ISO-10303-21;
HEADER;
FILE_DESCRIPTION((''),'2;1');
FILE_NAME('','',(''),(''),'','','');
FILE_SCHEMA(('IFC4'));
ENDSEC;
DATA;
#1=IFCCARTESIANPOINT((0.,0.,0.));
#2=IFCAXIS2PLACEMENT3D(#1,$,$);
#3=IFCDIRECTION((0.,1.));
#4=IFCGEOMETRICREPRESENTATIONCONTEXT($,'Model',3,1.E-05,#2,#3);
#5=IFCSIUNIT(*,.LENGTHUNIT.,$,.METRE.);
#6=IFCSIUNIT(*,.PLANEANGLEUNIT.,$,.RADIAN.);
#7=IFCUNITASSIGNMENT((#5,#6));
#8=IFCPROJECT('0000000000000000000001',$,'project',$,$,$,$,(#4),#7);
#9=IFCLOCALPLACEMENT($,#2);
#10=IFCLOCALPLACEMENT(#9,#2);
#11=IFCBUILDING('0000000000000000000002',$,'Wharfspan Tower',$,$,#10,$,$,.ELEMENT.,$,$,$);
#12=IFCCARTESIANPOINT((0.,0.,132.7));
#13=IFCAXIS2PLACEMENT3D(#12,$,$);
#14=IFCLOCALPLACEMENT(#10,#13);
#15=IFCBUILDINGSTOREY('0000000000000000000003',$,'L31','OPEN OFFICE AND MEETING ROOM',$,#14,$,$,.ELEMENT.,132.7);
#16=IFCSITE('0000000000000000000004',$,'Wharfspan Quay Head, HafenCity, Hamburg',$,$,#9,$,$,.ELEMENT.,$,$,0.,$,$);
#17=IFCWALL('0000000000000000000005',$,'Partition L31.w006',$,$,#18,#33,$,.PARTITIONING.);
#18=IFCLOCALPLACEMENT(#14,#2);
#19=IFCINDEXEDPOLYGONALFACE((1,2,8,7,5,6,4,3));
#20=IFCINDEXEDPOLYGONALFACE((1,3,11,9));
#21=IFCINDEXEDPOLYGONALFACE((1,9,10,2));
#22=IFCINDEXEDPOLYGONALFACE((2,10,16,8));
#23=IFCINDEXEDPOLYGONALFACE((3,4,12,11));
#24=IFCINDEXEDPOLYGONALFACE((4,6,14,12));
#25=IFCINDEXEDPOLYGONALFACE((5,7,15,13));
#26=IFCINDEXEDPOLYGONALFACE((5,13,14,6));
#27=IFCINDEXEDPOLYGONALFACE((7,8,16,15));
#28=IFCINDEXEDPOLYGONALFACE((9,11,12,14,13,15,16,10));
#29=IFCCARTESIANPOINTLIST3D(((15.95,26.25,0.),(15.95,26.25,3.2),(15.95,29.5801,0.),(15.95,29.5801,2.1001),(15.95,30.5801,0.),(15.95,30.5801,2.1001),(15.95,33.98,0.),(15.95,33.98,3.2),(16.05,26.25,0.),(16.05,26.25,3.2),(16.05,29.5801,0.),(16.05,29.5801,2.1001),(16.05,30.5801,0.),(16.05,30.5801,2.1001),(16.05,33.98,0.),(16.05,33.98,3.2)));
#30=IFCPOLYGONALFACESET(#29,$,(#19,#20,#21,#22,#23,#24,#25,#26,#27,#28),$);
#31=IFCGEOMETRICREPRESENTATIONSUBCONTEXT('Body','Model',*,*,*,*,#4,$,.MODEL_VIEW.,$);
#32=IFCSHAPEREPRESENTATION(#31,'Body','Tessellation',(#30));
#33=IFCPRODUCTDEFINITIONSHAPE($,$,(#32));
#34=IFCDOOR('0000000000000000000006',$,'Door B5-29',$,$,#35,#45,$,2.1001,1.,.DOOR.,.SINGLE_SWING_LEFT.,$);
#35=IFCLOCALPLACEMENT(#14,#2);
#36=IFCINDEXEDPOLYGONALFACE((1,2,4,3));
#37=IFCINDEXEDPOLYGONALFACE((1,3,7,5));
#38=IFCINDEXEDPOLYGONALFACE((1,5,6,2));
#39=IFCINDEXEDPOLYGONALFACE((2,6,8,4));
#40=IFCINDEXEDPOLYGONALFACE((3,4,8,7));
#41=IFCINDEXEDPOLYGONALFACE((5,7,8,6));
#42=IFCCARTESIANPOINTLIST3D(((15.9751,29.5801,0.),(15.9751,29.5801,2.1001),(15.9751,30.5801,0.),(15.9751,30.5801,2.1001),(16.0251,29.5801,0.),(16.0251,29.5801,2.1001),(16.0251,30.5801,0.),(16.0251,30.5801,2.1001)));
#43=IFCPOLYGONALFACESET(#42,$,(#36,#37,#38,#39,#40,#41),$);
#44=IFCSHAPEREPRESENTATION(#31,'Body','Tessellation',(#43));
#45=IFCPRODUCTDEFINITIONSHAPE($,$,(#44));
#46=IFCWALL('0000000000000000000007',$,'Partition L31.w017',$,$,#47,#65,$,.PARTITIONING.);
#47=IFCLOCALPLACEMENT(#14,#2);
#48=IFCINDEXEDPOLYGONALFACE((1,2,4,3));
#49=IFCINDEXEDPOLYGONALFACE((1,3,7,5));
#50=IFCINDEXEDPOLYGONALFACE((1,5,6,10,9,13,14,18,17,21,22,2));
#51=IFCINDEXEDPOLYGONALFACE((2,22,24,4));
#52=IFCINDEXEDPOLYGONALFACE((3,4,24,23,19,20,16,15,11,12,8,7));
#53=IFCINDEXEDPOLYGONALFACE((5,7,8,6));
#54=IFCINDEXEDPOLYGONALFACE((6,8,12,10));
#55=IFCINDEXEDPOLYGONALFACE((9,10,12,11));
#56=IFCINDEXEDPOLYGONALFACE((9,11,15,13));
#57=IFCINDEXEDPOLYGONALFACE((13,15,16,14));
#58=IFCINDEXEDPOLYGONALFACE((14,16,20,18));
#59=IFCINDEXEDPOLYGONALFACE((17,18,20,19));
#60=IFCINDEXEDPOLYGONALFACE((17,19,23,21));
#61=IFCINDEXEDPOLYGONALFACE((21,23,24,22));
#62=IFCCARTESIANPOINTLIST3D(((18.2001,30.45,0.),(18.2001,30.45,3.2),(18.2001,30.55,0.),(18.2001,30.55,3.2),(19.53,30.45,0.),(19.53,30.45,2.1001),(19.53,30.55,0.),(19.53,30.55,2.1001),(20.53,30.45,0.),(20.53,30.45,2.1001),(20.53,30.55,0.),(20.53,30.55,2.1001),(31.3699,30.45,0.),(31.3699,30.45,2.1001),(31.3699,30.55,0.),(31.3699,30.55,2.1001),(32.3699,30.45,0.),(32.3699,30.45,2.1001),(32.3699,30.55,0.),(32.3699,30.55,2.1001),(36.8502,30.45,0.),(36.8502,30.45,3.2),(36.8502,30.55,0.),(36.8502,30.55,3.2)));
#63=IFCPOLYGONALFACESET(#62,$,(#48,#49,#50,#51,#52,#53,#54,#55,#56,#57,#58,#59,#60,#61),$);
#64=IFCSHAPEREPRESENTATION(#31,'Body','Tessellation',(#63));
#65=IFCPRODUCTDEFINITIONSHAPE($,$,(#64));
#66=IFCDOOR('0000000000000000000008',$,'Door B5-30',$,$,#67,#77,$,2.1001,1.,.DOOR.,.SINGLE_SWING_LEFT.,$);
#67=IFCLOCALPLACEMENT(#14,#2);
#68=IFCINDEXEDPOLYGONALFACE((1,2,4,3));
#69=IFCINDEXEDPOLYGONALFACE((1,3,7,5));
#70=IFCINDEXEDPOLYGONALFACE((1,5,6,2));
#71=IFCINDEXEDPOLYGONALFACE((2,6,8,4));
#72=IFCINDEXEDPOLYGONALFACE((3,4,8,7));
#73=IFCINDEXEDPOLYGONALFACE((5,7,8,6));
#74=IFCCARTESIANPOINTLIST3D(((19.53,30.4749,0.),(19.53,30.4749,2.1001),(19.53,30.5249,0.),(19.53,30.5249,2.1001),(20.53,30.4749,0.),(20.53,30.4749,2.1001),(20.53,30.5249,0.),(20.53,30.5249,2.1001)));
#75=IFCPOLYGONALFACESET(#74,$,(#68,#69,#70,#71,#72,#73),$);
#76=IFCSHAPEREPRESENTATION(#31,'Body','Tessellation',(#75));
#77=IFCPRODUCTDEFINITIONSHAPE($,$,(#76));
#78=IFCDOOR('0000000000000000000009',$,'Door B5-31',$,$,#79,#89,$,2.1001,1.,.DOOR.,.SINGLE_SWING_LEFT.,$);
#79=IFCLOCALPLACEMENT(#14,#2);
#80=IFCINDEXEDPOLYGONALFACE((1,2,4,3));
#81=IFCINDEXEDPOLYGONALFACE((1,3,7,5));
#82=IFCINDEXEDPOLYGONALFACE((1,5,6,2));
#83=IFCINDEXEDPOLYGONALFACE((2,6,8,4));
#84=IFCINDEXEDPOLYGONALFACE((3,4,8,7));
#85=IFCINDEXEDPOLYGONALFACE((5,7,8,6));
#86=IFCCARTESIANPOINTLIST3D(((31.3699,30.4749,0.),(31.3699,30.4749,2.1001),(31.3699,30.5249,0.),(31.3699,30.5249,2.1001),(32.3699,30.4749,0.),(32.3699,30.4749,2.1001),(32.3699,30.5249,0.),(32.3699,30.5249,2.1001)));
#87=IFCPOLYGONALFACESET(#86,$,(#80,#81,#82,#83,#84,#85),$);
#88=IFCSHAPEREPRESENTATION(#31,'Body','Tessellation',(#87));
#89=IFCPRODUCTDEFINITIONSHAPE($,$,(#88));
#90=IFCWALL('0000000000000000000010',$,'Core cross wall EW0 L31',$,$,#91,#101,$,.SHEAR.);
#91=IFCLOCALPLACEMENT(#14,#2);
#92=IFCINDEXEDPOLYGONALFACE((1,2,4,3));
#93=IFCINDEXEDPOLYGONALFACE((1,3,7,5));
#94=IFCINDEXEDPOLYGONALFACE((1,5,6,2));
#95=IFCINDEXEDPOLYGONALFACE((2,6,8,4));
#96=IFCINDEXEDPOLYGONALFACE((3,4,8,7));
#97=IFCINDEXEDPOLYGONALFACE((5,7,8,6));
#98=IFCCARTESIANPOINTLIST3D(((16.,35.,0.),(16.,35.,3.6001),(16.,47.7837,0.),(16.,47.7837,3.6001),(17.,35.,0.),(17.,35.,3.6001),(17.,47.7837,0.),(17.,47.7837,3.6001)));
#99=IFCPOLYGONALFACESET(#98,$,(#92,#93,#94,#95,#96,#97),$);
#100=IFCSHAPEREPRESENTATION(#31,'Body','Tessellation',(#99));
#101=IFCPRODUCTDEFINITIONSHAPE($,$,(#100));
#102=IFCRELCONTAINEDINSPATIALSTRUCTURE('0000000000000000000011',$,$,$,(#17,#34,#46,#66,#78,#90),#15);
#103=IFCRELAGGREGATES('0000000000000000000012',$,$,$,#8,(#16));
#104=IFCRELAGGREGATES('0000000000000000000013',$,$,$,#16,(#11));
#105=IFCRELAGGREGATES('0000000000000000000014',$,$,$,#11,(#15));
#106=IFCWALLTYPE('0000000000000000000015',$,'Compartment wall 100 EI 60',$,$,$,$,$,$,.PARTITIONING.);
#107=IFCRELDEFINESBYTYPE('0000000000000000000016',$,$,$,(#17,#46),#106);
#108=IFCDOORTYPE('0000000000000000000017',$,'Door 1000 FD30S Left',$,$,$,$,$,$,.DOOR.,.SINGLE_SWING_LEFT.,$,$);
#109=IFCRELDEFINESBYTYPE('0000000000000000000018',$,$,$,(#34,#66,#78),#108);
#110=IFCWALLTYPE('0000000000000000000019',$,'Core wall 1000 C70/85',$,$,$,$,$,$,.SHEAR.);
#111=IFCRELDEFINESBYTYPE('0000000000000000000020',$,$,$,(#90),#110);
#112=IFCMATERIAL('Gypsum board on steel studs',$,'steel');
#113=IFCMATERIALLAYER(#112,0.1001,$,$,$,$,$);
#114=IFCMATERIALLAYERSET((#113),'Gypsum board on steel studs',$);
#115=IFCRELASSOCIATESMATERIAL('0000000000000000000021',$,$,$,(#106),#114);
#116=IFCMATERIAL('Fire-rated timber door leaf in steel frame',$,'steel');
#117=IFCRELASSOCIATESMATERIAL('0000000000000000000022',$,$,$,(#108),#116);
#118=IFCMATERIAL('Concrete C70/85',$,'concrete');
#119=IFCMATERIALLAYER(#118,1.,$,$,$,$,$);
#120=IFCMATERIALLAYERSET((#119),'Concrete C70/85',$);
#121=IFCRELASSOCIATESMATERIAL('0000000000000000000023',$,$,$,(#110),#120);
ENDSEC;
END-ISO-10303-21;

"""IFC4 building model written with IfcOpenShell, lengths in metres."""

from ifc_helpers import new_model, si_unit, direction, frame, frame_2d, origin, place, context, subcontext, project, spatial, rectangle, extrude, material, layer, layer_set, type_object, element, fill, save


model = new_model("IFC4")

# Units and contexts
model_context = context("Model", 3, precision=1e-05, world=origin(), true_north=direction((0.0, 1.0)))
body_context = subcontext(model_context, "Body", "Model", "MODEL_VIEW")
ifc_project = project(units=[si_unit("LENGTHUNIT", "METRE"), si_unit("PLANEANGLEUNIT", "RADIAN")], contexts=[model_context])

# Site, building, storey
site_placement = place(None, origin())
site = spatial("IfcSite", under=ifc_project, at=site_placement, Name="Wharfspan Quay Head, HafenCity, Hamburg", CompositionType="ELEMENT", RefElevation=0.0)
building_placement = place(site_placement, origin())
building = spatial("IfcBuilding", under=site, at=building_placement, Name="Wharfspan Tower", CompositionType="ELEMENT")
storey_placement = place(building_placement, frame((0.0, 0.0, 132.7)))
storey = spatial("IfcBuildingStorey", under=building, at=storey_placement, Name="L31", Description="OPEN OFFICE AND MEETING ROOM", CompositionType="ELEMENT", Elevation=132.7)

# Wall, opening, door
ifc_material_1 = material(Name="Gypsum board on steel studs", Category="steel")
ifc_layer_1 = layer(ifc_material_1, 0.1001)
ifc_layer_set_1 = layer_set([ifc_layer_1], Name="Gypsum board on steel studs")
wall_type_1 = type_object("IfcWallType", Name="Compartment wall 100 EI 60", PredefinedType="PARTITIONING", material=ifc_layer_set_1)
wall_1_placement = place(storey_placement, frame((16.0, 26.25, 0.0), z_axis=(0.0, 0.0, 1.0), x_axis=(0.0, 1.0, 0.0)))
wall_1 = element("IfcWall", 1, at=wall_1_placement, inside=storey, type_object=wall_type_1, Name="Partition L31.w006", PredefinedType="PARTITIONING", context=body_context, shape_type="SweptSolid", body=[
    extrude(rectangle(XDim=7.73, YDim=0.1001, at=frame_2d((3.865, 0.0))), origin(), (0.0, 0.0, 1.0), 3.2),
])
opening_1_placement = place(wall_1_placement, frame((3.3301, 0.0, 0.0)))
opening_1 = element("IfcOpeningElement", 2, at=opening_1_placement, cuts=wall_1, PredefinedType="OPENING", context=body_context, shape_type="SweptSolid", body=[
    extrude(rectangle(XDim=1.0, YDim=2.1001, at=frame_2d((0.5, 1.05))), frame((0.0, 0.0601, 0.0), z_axis=(0.0, -1.0, 0.0), x_axis=(1.0, 0.0, 0.0)), (0.0, 0.0, 1.0), 0.1201),
])
ifc_material_2 = material(Name="Fire-rated timber door leaf in steel frame", Category="steel")
door_type_1 = type_object("IfcDoorType", Name="Door 1000 FD30S Left", OperationType="SINGLE_SWING_LEFT", PredefinedType="DOOR", material=ifc_material_2)
door_1_placement = place(opening_1_placement, origin())
door_1 = element("IfcDoor", 3, at=door_1_placement, inside=storey, type_object=door_type_1, Name="Door B5-29", OperationType="SINGLE_SWING_LEFT", OverallHeight=2.1001, OverallWidth=1.0, PredefinedType="DOOR", context=body_context, shape_type="SweptSolid", body=[
    extrude(rectangle(XDim=1.0, YDim=2.1001, at=frame_2d((0.5, 1.05))), frame((0.0, 0.0249, 0.0), z_axis=(0.0, -1.0, 0.0), x_axis=(1.0, 0.0, 0.0)), (0.0, 0.0, 1.0), 0.05),
])
fill(opening_1, door_1)

# Wall, openings, doors
wall_2_placement = place(storey_placement, frame((18.2, 30.5, 0.0), z_axis=(0.0, 0.0, 1.0), x_axis=(1.0, 0.0, 0.0)))
wall_2 = element("IfcWall", 4, at=wall_2_placement, inside=storey, type_object=wall_type_1, Name="Partition L31.w017", PredefinedType="PARTITIONING", context=body_context, shape_type="SweptSolid", body=[
    extrude(rectangle(XDim=18.6501, YDim=0.1001, at=frame_2d((9.3252, 0.0))), origin(), (0.0, 0.0, 1.0), 3.2),
])
opening_2_placement = place(wall_2_placement, frame((1.3301, 0.0, 0.0)))
opening_2 = element("IfcOpeningElement", 5, at=opening_2_placement, cuts=wall_2, PredefinedType="OPENING", context=body_context, shape_type="SweptSolid", body=[
    extrude(rectangle(XDim=1.0, YDim=2.1001, at=frame_2d((0.5, 1.05))), frame((0.0, 0.0601, 0.0), z_axis=(0.0, -1.0, 0.0), x_axis=(1.0, 0.0, 0.0)), (0.0, 0.0, 1.0), 0.1201),
])
opening_3_placement = place(wall_2_placement, frame((13.1699, 0.0, 0.0)))
opening_3 = element("IfcOpeningElement", 6, at=opening_3_placement, cuts=wall_2, PredefinedType="OPENING", context=body_context, shape_type="SweptSolid", body=[
    extrude(rectangle(XDim=1.0, YDim=2.1001, at=frame_2d((0.5, 1.05))), frame((0.0, 0.0601, 0.0), z_axis=(0.0, -1.0, 0.0), x_axis=(1.0, 0.0, 0.0)), (0.0, 0.0, 1.0), 0.1201),
])
door_2_placement = place(opening_2_placement, origin())
door_2 = element("IfcDoor", 7, at=door_2_placement, inside=storey, type_object=door_type_1, Name="Door B5-30", OperationType="SINGLE_SWING_LEFT", OverallHeight=2.1001, OverallWidth=1.0, PredefinedType="DOOR", context=body_context, shape_type="SweptSolid", body=[
    extrude(rectangle(XDim=1.0, YDim=2.1001, at=frame_2d((0.5, 1.05))), frame((0.0, 0.0249, 0.0), z_axis=(0.0, -1.0, 0.0), x_axis=(1.0, 0.0, 0.0)), (0.0, 0.0, 1.0), 0.05),
])
fill(opening_2, door_2)
door_3_placement = place(opening_3_placement, origin())
door_3 = element("IfcDoor", 8, at=door_3_placement, inside=storey, type_object=door_type_1, Name="Door B5-31", OperationType="SINGLE_SWING_LEFT", OverallHeight=2.1001, OverallWidth=1.0, PredefinedType="DOOR", context=body_context, shape_type="SweptSolid", body=[
    extrude(rectangle(XDim=1.0, YDim=2.1001, at=frame_2d((0.5, 1.05))), frame((0.0, 0.0249, 0.0), z_axis=(0.0, -1.0, 0.0), x_axis=(1.0, 0.0, 0.0)), (0.0, 0.0, 1.0), 0.05),
])
fill(opening_3, door_3)
ifc_material_3 = material(Name="Concrete C70/85", Category="concrete")
ifc_layer_2 = layer(ifc_material_3, 1.0)
ifc_layer_set_2 = layer_set([ifc_layer_2], Name="Concrete C70/85")
wall_type_2 = type_object("IfcWallType", Name="Core wall 1000 C70/85", PredefinedType="SHEAR", material=ifc_layer_set_2)

# Wall
wall_3_placement = place(storey_placement, frame((16.5, 35.0, 0.0), z_axis=(0.0, 0.0, 1.0), x_axis=(0.0, 1.0, 0.0)))
element("IfcWall", 9, at=wall_3_placement, inside=storey, type_object=wall_type_2, Name="Core cross wall EW0 L31", PredefinedType="SHEAR", context=body_context, shape_type="SweptSolid", body=[
    extrude(rectangle(XDim=12.7837, YDim=1.0, at=frame_2d((6.3918, 0.0))), origin(), (0.0, 0.0, 1.0), 3.6001),
])

save(model, "model.ifc")
